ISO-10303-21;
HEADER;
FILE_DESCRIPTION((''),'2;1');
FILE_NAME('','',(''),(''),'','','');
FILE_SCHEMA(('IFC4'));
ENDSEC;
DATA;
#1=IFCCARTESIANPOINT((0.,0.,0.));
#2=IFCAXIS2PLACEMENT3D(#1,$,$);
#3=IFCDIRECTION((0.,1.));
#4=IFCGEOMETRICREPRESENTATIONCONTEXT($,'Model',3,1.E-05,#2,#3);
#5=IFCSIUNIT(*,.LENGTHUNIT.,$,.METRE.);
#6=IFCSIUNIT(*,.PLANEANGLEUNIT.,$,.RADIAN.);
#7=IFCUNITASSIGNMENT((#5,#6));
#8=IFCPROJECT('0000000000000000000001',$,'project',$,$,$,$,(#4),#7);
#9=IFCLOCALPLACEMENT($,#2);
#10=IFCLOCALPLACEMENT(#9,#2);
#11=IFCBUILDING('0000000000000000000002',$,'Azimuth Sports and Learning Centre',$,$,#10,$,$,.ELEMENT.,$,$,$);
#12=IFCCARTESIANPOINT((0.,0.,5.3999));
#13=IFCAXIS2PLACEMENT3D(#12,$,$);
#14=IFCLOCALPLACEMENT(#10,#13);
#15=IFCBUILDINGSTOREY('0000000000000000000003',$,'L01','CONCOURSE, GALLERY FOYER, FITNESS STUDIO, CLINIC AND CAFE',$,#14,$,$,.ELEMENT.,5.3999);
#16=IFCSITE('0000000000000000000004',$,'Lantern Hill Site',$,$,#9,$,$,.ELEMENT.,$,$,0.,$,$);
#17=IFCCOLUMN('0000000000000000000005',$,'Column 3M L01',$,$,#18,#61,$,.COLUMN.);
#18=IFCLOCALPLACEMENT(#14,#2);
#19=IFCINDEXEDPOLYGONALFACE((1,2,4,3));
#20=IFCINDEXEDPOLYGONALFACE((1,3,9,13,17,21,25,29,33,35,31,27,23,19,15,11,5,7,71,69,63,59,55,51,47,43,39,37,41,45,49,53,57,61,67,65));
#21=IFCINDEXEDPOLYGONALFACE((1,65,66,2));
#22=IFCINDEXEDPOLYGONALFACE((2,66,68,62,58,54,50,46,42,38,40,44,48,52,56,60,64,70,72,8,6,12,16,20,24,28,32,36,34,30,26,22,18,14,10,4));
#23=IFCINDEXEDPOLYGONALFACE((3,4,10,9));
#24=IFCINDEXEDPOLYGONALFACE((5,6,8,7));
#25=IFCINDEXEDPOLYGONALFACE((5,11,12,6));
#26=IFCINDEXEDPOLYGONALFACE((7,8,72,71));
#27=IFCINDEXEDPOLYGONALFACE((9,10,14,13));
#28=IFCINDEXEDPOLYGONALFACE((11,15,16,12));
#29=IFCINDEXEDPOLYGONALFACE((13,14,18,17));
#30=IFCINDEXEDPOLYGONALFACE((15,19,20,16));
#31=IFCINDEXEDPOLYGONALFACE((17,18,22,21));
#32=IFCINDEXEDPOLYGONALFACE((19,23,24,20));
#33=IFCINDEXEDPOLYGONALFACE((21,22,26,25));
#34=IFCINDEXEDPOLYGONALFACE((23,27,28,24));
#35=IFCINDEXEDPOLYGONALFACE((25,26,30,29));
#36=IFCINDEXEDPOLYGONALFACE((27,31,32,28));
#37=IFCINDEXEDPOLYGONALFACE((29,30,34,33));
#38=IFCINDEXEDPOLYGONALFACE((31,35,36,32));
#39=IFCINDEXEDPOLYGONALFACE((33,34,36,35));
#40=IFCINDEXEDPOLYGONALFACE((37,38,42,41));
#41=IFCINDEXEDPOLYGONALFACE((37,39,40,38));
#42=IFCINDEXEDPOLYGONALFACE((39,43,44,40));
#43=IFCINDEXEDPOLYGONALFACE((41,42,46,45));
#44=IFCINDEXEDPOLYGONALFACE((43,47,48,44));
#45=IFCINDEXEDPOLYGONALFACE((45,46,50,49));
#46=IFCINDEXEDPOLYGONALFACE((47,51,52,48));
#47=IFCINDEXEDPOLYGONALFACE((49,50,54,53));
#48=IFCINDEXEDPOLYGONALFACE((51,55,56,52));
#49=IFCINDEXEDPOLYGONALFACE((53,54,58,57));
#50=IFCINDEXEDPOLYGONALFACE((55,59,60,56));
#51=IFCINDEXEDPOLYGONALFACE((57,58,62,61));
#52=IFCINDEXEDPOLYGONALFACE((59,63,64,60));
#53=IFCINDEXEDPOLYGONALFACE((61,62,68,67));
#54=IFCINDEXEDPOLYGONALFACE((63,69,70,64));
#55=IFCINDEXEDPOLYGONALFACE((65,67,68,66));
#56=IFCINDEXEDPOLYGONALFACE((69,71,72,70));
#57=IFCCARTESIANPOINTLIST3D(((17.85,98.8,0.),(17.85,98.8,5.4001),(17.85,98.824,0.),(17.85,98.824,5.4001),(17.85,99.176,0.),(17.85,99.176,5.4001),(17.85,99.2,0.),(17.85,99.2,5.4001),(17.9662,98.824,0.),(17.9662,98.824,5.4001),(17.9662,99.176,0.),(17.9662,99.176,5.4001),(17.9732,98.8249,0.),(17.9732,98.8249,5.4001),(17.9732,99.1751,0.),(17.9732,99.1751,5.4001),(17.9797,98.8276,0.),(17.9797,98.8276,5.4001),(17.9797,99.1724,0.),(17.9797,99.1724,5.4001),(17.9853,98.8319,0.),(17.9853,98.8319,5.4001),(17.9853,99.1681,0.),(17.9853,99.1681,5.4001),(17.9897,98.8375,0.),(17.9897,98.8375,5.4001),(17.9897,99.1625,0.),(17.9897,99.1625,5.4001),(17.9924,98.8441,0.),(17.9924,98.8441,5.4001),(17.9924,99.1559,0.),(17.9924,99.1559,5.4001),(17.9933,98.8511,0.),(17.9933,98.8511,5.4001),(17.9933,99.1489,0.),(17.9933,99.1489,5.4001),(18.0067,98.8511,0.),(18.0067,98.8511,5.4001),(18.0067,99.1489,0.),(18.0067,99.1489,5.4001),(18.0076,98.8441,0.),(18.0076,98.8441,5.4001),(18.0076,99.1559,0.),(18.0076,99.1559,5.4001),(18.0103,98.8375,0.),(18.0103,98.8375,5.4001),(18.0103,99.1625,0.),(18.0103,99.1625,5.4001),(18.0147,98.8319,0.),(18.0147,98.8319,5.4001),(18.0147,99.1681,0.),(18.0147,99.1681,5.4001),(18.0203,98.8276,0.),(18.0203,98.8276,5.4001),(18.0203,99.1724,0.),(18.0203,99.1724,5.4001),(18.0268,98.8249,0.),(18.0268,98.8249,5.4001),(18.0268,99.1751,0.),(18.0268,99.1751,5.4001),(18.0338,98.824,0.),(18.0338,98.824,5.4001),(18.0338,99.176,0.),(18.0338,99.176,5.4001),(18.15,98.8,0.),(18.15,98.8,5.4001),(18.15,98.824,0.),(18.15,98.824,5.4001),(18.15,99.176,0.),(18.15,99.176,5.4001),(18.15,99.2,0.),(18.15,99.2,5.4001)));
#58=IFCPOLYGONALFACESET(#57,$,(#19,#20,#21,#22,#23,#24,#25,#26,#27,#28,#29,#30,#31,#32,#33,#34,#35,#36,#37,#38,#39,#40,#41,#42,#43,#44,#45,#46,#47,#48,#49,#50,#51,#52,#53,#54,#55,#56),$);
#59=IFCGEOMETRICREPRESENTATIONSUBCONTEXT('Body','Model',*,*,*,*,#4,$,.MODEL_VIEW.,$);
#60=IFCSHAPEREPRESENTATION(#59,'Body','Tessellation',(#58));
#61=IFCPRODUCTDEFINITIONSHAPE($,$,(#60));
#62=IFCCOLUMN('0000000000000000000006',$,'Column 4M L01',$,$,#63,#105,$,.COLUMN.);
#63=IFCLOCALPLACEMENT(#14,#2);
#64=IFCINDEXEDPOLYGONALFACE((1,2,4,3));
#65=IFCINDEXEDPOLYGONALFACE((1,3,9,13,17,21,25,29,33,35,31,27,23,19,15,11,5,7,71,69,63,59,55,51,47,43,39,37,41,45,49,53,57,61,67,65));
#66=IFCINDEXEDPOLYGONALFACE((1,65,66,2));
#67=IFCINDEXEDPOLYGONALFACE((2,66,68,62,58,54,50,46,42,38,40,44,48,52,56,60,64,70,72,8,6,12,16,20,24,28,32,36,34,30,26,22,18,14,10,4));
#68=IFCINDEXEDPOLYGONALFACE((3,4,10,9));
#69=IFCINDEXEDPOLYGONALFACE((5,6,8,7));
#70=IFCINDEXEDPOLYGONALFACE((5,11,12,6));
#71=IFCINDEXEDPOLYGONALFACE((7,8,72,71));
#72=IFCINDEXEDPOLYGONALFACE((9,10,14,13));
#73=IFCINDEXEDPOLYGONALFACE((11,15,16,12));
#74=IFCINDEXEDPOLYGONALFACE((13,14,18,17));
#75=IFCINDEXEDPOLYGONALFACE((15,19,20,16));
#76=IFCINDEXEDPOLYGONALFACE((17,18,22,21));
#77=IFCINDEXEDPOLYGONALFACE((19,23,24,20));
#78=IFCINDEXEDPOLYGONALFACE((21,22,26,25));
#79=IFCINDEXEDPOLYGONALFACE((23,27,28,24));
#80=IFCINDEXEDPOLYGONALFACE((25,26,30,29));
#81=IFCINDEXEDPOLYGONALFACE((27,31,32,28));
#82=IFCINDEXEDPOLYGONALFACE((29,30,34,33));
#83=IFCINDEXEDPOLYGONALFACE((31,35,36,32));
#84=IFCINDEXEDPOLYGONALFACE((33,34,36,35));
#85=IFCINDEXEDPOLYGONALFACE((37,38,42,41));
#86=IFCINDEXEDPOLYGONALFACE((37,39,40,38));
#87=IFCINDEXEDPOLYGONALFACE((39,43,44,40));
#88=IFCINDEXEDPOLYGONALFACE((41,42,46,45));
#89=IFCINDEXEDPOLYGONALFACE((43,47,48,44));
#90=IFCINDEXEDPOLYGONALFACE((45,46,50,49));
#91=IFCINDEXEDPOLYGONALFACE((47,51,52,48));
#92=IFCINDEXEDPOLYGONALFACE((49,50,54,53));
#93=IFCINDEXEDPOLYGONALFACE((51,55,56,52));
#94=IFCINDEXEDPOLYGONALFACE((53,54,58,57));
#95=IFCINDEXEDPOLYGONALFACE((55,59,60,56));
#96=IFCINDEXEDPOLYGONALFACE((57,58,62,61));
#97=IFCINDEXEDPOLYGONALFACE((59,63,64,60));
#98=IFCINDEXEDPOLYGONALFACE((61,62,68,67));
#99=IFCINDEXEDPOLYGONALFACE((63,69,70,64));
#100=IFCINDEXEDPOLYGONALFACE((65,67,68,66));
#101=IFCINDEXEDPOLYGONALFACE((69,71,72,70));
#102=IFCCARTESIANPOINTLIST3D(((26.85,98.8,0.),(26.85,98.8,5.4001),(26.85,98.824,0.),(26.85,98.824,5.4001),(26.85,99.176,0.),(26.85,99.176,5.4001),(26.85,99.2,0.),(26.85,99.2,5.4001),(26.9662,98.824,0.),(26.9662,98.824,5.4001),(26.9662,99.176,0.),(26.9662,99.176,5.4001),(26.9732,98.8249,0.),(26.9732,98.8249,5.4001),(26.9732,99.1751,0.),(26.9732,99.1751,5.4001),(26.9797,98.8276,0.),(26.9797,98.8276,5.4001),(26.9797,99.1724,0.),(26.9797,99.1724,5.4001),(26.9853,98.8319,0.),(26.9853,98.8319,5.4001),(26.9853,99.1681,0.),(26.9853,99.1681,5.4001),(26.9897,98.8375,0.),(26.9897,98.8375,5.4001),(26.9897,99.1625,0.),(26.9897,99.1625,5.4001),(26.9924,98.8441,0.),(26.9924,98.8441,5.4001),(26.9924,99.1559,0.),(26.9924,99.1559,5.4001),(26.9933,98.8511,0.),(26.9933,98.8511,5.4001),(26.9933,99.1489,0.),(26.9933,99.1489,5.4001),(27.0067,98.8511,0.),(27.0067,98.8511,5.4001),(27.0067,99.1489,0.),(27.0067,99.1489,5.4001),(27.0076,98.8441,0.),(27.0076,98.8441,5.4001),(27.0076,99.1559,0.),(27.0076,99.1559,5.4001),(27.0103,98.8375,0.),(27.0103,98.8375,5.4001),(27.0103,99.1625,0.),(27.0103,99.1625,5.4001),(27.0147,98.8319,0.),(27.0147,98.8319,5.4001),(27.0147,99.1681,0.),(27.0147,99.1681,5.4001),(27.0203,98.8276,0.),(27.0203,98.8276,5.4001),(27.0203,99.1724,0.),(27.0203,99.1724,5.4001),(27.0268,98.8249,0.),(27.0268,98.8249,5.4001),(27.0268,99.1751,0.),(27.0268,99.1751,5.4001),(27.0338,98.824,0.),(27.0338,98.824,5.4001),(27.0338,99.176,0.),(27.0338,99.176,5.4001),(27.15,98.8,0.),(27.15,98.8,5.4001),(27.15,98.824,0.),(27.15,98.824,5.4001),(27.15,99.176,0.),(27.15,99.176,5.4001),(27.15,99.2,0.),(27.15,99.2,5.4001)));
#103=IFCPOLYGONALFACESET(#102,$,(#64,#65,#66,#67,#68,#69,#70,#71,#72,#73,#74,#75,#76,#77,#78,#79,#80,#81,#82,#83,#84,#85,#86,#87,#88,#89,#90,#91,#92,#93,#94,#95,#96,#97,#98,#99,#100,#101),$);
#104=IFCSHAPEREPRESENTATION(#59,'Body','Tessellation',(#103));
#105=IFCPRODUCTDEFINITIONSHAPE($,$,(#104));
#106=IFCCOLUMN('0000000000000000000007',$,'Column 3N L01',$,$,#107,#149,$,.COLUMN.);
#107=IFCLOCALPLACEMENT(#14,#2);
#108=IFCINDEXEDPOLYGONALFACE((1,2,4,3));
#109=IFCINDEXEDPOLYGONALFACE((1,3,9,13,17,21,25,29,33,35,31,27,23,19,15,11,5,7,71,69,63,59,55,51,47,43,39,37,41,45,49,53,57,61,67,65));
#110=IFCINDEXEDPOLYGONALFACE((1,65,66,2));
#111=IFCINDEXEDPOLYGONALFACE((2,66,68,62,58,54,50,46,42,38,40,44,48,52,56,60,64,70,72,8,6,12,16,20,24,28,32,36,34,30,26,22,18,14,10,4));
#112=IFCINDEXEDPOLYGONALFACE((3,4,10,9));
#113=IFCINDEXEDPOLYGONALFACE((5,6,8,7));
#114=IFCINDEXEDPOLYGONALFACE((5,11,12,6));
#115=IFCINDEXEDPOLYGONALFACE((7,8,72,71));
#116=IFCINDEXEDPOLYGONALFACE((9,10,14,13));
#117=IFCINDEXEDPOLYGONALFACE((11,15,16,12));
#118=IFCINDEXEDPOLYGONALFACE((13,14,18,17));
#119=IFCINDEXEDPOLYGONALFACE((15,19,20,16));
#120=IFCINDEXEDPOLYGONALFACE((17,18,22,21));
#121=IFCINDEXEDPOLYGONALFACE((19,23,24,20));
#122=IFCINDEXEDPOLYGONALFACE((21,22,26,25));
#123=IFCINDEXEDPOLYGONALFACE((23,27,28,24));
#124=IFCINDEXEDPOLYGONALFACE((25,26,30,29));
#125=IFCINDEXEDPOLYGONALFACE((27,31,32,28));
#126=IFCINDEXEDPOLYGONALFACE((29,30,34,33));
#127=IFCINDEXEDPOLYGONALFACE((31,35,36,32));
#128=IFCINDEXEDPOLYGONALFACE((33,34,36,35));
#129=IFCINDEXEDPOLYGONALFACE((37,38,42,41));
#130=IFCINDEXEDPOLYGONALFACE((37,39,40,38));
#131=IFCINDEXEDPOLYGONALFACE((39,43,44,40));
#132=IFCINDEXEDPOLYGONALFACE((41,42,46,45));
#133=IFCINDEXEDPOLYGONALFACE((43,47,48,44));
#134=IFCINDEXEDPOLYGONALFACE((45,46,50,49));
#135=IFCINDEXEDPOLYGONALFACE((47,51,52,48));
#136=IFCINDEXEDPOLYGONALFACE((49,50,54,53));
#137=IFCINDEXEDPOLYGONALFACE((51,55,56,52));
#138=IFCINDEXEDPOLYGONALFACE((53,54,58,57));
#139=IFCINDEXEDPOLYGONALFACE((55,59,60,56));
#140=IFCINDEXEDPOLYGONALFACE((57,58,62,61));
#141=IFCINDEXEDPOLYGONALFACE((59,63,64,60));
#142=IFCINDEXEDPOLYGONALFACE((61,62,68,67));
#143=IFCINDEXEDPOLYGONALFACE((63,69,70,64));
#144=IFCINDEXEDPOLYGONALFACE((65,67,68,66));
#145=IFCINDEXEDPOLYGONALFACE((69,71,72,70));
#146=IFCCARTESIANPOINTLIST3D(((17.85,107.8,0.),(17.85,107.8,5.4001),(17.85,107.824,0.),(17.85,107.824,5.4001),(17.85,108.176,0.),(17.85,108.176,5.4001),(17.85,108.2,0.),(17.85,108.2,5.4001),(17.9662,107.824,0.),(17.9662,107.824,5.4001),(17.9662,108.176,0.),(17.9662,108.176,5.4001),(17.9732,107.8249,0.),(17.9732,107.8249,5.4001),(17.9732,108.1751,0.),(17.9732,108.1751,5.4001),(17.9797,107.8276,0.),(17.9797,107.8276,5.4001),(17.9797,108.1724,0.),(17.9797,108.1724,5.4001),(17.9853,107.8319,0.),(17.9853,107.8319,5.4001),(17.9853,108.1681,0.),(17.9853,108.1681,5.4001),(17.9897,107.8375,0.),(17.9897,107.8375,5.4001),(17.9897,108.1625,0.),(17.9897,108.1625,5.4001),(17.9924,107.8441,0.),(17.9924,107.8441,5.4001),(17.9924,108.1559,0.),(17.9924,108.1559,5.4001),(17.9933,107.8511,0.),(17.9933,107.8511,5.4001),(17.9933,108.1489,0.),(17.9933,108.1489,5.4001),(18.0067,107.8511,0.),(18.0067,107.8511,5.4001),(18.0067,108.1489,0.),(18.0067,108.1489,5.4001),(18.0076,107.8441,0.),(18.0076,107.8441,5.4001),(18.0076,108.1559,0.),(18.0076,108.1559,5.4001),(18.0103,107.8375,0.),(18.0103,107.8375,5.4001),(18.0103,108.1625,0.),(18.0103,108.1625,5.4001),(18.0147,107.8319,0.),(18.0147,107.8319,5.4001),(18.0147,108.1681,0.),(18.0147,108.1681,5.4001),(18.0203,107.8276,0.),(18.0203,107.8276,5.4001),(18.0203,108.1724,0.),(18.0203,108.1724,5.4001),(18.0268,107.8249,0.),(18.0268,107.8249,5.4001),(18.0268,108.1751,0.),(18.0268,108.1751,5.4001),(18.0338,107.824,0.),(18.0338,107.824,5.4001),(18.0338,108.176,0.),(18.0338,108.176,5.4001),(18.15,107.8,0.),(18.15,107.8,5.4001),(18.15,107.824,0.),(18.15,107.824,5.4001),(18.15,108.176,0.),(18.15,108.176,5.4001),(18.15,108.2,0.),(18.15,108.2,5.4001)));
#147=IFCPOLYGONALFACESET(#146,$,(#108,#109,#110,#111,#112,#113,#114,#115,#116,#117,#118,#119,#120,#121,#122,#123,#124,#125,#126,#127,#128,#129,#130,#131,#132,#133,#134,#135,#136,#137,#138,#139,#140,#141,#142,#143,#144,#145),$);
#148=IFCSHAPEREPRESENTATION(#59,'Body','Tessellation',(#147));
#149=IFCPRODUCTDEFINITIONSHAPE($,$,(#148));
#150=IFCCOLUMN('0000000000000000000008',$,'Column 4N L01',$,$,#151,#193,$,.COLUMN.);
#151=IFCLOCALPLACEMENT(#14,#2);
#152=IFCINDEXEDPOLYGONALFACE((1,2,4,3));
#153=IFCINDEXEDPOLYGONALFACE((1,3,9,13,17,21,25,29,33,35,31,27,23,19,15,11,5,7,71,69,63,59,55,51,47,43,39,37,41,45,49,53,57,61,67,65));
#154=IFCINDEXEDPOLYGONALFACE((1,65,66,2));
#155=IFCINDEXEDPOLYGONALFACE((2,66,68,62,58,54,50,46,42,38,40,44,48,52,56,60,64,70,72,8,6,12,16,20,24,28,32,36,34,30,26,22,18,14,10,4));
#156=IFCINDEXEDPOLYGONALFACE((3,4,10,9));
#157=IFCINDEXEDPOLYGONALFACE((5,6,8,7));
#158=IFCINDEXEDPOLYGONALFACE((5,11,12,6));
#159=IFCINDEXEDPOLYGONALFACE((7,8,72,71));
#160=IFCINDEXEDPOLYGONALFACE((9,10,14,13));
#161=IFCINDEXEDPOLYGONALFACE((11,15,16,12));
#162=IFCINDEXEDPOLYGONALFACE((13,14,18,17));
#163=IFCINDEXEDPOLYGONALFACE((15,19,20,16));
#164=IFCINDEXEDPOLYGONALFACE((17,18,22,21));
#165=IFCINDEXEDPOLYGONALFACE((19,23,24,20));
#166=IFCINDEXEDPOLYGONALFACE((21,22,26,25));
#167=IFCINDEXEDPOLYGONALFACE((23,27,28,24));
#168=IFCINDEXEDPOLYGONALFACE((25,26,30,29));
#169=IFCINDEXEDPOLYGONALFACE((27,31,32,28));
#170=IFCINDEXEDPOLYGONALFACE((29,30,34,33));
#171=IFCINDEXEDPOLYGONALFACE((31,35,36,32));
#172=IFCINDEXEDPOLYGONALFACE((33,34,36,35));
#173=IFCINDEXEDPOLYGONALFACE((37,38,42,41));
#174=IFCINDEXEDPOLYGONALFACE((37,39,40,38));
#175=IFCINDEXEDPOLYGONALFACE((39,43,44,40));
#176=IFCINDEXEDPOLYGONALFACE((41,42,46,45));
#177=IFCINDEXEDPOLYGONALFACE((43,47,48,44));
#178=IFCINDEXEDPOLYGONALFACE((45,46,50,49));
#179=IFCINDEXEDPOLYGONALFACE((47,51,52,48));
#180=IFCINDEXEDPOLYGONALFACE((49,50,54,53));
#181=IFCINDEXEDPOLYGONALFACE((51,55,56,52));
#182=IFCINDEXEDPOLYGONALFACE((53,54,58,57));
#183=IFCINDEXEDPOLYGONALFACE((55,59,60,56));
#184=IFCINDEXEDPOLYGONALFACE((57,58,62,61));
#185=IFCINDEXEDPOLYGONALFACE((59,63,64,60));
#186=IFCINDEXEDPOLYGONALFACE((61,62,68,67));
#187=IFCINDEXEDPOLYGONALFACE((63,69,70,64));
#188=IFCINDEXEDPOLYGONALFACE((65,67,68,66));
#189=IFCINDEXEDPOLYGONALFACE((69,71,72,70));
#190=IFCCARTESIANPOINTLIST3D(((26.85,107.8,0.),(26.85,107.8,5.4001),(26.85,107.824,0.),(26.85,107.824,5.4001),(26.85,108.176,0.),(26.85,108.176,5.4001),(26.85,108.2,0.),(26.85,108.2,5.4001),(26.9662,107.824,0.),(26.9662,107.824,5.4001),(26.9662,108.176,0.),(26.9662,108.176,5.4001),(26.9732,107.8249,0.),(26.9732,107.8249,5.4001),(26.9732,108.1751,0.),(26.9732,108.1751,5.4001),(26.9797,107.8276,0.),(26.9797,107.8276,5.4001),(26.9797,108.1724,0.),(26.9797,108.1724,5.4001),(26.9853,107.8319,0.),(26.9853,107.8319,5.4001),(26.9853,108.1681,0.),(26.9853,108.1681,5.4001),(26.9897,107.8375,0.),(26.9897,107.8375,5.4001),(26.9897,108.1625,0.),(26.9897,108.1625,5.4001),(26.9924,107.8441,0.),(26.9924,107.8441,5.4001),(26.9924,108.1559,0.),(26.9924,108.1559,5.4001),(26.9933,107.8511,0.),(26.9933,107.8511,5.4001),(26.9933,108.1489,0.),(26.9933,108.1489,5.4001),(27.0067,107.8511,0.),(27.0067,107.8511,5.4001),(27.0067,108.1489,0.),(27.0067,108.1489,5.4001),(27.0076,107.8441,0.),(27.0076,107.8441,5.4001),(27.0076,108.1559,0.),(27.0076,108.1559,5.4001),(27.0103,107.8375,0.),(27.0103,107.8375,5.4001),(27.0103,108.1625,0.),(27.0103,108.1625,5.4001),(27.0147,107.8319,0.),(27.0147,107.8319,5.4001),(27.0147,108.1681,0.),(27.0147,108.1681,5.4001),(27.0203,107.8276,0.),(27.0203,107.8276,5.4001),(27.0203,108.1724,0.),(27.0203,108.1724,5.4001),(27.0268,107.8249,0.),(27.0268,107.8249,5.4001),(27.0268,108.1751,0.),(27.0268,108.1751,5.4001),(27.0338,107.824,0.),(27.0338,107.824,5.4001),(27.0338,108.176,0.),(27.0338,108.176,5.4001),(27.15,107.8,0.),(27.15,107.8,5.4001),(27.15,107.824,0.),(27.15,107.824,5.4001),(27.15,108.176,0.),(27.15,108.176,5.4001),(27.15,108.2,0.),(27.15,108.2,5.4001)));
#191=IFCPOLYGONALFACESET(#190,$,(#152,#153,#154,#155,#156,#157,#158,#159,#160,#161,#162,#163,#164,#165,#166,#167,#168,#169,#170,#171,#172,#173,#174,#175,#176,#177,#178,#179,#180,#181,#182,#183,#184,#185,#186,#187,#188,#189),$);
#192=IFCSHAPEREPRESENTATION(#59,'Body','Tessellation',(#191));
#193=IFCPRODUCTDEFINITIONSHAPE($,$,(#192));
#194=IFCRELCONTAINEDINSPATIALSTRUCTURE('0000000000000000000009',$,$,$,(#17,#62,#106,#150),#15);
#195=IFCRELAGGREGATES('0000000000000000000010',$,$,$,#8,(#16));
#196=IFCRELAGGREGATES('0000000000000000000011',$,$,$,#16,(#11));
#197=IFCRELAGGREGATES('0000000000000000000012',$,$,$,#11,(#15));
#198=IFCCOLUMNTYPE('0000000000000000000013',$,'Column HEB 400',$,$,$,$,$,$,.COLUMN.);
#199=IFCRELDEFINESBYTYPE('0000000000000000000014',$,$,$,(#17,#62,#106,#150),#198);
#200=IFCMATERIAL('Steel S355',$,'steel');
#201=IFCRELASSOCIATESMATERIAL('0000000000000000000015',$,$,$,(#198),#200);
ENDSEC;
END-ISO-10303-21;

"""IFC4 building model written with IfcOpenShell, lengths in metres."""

from ifc_helpers import new_model, si_unit, direction, frame, origin, origin_2d, place, context, subcontext, project, spatial, i_section, extrude, material, material_profile, profile_set, type_object, element, save


model = new_model("IFC4")

# Units and contexts
model_context = context("Model", 3, precision=1e-05, world=origin(), true_north=direction((0.0, 1.0)))
body_context = subcontext(model_context, "Body", "Model", "MODEL_VIEW")
ifc_project = project(units=[si_unit("LENGTHUNIT", "METRE"), si_unit("PLANEANGLEUNIT", "RADIAN")], contexts=[model_context])

# Site, building, storey
site_placement = place(None, origin())
site = spatial("IfcSite", under=ifc_project, at=site_placement, Name="Lantern Hill Site", CompositionType="ELEMENT", RefElevation=0.0)
building_placement = place(site_placement, origin())
building = spatial("IfcBuilding", under=site, at=building_placement, Name="Azimuth Sports and Learning Centre", CompositionType="ELEMENT")
storey_placement = place(building_placement, frame((0.0, 0.0, 5.3999)))
storey = spatial("IfcBuildingStorey", under=building, at=storey_placement, Name="L01", Description="CONCOURSE, GALLERY FOYER, FITNESS STUDIO, CLINIC AND CAFE", CompositionType="ELEMENT", Elevation=5.3999)

# Columns
ifc_material_1 = material(Name="Steel S355", Category="steel")
ifc_material_profile_1 = material_profile(ifc_material_1, i_section(OverallWidth=0.3, OverallDepth=0.3999, WebThickness=0.0134, FlangeThickness=0.0239, FilletRadius=0.0271, at=origin_2d()), Name="HEB 400")
ifc_profile_set_1 = profile_set([ifc_material_profile_1], Name="Steel S355")
column_type = type_object("IfcColumnType", Name="Column HEB 400", PredefinedType="COLUMN", material=ifc_profile_set_1)
for number, where, z_axis, x_axis, name in (
    (1, (18.0, 99.0, 0.0), (0.0, 0.0, 1.0), (1.0, 0.0, 0.0), "Column 3M L01"),
    (2, (27.0, 99.0, 0.0), (0.0, 0.0, 1.0), (1.0, 0.0, 0.0), "Column 4M L01"),
    (3, (18.0, 108.0, 0.0), (0.0, 0.0, 1.0), (1.0, 0.0, 0.0), "Column 3N L01"),
    (4, (27.0, 108.0, 0.0), (0.0, 0.0, 1.0), (1.0, 0.0, 0.0), "Column 4N L01"),
):
    element("IfcColumn", number, at=place(storey_placement, frame(where, z_axis=z_axis, x_axis=x_axis)), inside=storey, type_object=column_type, Name=name, PredefinedType="COLUMN", context=body_context, shape_type="SweptSolid", body=[
        extrude(i_section(OverallWidth=0.3, OverallDepth=0.3999, WebThickness=0.0134, FlangeThickness=0.0239, FilletRadius=0.0271, at=origin_2d()), origin(), (0.0, 0.0, 1.0), 5.4001),
    ])

save(model, "model.ifc")
